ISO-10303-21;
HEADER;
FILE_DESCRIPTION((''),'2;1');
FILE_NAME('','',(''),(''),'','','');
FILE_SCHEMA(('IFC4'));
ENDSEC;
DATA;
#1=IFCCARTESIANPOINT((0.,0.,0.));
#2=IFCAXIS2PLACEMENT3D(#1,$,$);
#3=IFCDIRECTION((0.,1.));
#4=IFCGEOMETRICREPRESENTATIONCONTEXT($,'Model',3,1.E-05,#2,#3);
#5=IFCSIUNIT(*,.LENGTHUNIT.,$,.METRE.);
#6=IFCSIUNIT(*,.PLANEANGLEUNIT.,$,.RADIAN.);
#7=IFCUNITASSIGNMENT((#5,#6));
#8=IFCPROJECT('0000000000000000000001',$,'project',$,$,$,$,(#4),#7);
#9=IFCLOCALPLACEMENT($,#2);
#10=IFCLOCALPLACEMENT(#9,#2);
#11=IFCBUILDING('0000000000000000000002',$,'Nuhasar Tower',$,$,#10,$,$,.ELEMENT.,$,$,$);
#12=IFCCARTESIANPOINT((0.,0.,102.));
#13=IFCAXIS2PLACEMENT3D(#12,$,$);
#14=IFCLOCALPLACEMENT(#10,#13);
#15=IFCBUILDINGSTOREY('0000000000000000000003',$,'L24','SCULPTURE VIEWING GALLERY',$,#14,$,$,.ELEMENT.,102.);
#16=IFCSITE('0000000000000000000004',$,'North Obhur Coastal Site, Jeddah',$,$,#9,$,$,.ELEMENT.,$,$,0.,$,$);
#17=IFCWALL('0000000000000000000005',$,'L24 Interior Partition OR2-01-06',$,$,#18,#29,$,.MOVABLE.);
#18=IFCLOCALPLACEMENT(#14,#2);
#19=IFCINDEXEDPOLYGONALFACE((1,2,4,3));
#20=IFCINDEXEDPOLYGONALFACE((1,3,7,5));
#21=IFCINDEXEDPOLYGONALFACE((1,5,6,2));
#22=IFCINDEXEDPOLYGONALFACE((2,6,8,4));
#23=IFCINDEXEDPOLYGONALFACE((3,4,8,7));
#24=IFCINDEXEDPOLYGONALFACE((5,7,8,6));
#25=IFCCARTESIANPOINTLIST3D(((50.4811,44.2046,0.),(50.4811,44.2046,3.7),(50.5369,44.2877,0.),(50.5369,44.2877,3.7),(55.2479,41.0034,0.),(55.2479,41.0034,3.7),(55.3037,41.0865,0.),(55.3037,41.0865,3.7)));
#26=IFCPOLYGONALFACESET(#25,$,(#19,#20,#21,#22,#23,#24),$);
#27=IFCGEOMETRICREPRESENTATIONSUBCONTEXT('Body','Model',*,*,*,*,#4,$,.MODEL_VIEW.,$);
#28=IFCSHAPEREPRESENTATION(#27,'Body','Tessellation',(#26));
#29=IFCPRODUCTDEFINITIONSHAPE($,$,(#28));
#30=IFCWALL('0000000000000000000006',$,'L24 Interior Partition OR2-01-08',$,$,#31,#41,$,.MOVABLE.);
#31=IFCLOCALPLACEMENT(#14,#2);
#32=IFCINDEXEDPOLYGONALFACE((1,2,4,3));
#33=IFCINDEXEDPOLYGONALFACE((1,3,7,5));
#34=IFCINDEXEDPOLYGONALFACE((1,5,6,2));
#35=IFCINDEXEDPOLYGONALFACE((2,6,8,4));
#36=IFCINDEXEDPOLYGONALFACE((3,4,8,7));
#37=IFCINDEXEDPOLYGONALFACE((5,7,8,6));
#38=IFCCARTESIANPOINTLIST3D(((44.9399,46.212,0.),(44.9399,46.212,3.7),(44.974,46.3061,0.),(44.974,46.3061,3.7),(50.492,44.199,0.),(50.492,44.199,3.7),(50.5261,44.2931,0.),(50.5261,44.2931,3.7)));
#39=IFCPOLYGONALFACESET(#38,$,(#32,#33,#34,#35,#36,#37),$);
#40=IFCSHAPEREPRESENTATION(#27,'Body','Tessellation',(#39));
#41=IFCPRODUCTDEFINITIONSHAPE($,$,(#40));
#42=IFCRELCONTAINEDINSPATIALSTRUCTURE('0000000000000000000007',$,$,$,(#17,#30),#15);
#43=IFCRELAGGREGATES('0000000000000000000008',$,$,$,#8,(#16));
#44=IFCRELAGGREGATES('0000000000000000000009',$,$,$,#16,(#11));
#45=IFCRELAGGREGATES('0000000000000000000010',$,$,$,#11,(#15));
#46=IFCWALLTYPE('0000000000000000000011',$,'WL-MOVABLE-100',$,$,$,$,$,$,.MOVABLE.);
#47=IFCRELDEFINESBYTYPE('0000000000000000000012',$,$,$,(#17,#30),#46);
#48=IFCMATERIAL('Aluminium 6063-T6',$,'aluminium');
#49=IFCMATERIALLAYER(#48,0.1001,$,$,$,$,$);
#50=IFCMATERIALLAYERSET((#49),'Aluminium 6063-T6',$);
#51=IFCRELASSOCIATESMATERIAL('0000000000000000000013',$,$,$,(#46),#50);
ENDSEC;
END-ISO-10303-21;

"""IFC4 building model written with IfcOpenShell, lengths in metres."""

from ifc_helpers import new_model, si_unit, direction, frame, frame_2d, origin, place, context, subcontext, project, spatial, rectangle, extrude, material, layer, layer_set, type_object, element, save


model = new_model("IFC4")

# Units and contexts
model_context = context("Model", 3, precision=1e-05, world=origin(), true_north=direction((0.0, 1.0)))
body_context = subcontext(model_context, "Body", "Model", "MODEL_VIEW")
ifc_project = project(units=[si_unit("LENGTHUNIT", "METRE"), si_unit("PLANEANGLEUNIT", "RADIAN")], contexts=[model_context])

# Site, building, storey
site_placement = place(None, origin())
site = spatial("IfcSite", under=ifc_project, at=site_placement, Name="North Obhur Coastal Site, Jeddah", CompositionType="ELEMENT", RefElevation=0.0)
building_placement = place(site_placement, origin())
building = spatial("IfcBuilding", under=site, at=building_placement, Name="Nuhasar Tower", CompositionType="ELEMENT")
storey_placement = place(building_placement, frame((0.0, 0.0, 102.0)))
storey = spatial("IfcBuildingStorey", under=building, at=storey_placement, Name="L24", Description="SCULPTURE VIEWING GALLERY", CompositionType="ELEMENT", Elevation=102.0)

# Shared definitions
ifc_material_1 = material(Name="Aluminium 6063-T6", Category="aluminium")

# Walls
ifc_layer_1 = layer(ifc_material_1, 0.1001)
ifc_layer_set_1 = layer_set([ifc_layer_1], Name="Aluminium 6063-T6")
wall_type = type_object("IfcWallType", Name="WL-MOVABLE-100", PredefinedType="MOVABLE", material=ifc_layer_set_1)
wall_1_placement = place(storey_placement, frame((55.2759, 41.0449, 0.0), z_axis=(0.0, 0.0, 1.0), x_axis=(-0.830175, 0.557503, 0.0)))
element("IfcWall", 1, at=wall_1_placement, inside=storey, type_object=wall_type, Name="L24 Interior Partition OR2-01-06", PredefinedType="MOVABLE", context=body_context, shape_type="SweptSolid", body=[
    extrude(rectangle(XDim=5.7419, YDim=0.1001, at=frame_2d((2.8711, 0.0))), origin(), (0.0, 0.0, 1.0), 3.7),
])
wall_2_placement = place(storey_placement, frame((50.509, 44.2461, 0.0), z_axis=(0.0, 0.0, 1.0), x_axis=(-0.940118, 0.34085, 0.0)))
element("IfcWall", 2, at=wall_2_placement, inside=storey, type_object=wall_type, Name="L24 Interior Partition OR2-01-08", PredefinedType="MOVABLE", context=body_context, shape_type="SweptSolid", body=[
    extrude(rectangle(XDim=5.9058, YDim=0.1001, at=frame_2d((2.9529, 0.0))), origin(), (0.0, 0.0, 1.0), 3.7),
])

save(model, "model.ifc")
